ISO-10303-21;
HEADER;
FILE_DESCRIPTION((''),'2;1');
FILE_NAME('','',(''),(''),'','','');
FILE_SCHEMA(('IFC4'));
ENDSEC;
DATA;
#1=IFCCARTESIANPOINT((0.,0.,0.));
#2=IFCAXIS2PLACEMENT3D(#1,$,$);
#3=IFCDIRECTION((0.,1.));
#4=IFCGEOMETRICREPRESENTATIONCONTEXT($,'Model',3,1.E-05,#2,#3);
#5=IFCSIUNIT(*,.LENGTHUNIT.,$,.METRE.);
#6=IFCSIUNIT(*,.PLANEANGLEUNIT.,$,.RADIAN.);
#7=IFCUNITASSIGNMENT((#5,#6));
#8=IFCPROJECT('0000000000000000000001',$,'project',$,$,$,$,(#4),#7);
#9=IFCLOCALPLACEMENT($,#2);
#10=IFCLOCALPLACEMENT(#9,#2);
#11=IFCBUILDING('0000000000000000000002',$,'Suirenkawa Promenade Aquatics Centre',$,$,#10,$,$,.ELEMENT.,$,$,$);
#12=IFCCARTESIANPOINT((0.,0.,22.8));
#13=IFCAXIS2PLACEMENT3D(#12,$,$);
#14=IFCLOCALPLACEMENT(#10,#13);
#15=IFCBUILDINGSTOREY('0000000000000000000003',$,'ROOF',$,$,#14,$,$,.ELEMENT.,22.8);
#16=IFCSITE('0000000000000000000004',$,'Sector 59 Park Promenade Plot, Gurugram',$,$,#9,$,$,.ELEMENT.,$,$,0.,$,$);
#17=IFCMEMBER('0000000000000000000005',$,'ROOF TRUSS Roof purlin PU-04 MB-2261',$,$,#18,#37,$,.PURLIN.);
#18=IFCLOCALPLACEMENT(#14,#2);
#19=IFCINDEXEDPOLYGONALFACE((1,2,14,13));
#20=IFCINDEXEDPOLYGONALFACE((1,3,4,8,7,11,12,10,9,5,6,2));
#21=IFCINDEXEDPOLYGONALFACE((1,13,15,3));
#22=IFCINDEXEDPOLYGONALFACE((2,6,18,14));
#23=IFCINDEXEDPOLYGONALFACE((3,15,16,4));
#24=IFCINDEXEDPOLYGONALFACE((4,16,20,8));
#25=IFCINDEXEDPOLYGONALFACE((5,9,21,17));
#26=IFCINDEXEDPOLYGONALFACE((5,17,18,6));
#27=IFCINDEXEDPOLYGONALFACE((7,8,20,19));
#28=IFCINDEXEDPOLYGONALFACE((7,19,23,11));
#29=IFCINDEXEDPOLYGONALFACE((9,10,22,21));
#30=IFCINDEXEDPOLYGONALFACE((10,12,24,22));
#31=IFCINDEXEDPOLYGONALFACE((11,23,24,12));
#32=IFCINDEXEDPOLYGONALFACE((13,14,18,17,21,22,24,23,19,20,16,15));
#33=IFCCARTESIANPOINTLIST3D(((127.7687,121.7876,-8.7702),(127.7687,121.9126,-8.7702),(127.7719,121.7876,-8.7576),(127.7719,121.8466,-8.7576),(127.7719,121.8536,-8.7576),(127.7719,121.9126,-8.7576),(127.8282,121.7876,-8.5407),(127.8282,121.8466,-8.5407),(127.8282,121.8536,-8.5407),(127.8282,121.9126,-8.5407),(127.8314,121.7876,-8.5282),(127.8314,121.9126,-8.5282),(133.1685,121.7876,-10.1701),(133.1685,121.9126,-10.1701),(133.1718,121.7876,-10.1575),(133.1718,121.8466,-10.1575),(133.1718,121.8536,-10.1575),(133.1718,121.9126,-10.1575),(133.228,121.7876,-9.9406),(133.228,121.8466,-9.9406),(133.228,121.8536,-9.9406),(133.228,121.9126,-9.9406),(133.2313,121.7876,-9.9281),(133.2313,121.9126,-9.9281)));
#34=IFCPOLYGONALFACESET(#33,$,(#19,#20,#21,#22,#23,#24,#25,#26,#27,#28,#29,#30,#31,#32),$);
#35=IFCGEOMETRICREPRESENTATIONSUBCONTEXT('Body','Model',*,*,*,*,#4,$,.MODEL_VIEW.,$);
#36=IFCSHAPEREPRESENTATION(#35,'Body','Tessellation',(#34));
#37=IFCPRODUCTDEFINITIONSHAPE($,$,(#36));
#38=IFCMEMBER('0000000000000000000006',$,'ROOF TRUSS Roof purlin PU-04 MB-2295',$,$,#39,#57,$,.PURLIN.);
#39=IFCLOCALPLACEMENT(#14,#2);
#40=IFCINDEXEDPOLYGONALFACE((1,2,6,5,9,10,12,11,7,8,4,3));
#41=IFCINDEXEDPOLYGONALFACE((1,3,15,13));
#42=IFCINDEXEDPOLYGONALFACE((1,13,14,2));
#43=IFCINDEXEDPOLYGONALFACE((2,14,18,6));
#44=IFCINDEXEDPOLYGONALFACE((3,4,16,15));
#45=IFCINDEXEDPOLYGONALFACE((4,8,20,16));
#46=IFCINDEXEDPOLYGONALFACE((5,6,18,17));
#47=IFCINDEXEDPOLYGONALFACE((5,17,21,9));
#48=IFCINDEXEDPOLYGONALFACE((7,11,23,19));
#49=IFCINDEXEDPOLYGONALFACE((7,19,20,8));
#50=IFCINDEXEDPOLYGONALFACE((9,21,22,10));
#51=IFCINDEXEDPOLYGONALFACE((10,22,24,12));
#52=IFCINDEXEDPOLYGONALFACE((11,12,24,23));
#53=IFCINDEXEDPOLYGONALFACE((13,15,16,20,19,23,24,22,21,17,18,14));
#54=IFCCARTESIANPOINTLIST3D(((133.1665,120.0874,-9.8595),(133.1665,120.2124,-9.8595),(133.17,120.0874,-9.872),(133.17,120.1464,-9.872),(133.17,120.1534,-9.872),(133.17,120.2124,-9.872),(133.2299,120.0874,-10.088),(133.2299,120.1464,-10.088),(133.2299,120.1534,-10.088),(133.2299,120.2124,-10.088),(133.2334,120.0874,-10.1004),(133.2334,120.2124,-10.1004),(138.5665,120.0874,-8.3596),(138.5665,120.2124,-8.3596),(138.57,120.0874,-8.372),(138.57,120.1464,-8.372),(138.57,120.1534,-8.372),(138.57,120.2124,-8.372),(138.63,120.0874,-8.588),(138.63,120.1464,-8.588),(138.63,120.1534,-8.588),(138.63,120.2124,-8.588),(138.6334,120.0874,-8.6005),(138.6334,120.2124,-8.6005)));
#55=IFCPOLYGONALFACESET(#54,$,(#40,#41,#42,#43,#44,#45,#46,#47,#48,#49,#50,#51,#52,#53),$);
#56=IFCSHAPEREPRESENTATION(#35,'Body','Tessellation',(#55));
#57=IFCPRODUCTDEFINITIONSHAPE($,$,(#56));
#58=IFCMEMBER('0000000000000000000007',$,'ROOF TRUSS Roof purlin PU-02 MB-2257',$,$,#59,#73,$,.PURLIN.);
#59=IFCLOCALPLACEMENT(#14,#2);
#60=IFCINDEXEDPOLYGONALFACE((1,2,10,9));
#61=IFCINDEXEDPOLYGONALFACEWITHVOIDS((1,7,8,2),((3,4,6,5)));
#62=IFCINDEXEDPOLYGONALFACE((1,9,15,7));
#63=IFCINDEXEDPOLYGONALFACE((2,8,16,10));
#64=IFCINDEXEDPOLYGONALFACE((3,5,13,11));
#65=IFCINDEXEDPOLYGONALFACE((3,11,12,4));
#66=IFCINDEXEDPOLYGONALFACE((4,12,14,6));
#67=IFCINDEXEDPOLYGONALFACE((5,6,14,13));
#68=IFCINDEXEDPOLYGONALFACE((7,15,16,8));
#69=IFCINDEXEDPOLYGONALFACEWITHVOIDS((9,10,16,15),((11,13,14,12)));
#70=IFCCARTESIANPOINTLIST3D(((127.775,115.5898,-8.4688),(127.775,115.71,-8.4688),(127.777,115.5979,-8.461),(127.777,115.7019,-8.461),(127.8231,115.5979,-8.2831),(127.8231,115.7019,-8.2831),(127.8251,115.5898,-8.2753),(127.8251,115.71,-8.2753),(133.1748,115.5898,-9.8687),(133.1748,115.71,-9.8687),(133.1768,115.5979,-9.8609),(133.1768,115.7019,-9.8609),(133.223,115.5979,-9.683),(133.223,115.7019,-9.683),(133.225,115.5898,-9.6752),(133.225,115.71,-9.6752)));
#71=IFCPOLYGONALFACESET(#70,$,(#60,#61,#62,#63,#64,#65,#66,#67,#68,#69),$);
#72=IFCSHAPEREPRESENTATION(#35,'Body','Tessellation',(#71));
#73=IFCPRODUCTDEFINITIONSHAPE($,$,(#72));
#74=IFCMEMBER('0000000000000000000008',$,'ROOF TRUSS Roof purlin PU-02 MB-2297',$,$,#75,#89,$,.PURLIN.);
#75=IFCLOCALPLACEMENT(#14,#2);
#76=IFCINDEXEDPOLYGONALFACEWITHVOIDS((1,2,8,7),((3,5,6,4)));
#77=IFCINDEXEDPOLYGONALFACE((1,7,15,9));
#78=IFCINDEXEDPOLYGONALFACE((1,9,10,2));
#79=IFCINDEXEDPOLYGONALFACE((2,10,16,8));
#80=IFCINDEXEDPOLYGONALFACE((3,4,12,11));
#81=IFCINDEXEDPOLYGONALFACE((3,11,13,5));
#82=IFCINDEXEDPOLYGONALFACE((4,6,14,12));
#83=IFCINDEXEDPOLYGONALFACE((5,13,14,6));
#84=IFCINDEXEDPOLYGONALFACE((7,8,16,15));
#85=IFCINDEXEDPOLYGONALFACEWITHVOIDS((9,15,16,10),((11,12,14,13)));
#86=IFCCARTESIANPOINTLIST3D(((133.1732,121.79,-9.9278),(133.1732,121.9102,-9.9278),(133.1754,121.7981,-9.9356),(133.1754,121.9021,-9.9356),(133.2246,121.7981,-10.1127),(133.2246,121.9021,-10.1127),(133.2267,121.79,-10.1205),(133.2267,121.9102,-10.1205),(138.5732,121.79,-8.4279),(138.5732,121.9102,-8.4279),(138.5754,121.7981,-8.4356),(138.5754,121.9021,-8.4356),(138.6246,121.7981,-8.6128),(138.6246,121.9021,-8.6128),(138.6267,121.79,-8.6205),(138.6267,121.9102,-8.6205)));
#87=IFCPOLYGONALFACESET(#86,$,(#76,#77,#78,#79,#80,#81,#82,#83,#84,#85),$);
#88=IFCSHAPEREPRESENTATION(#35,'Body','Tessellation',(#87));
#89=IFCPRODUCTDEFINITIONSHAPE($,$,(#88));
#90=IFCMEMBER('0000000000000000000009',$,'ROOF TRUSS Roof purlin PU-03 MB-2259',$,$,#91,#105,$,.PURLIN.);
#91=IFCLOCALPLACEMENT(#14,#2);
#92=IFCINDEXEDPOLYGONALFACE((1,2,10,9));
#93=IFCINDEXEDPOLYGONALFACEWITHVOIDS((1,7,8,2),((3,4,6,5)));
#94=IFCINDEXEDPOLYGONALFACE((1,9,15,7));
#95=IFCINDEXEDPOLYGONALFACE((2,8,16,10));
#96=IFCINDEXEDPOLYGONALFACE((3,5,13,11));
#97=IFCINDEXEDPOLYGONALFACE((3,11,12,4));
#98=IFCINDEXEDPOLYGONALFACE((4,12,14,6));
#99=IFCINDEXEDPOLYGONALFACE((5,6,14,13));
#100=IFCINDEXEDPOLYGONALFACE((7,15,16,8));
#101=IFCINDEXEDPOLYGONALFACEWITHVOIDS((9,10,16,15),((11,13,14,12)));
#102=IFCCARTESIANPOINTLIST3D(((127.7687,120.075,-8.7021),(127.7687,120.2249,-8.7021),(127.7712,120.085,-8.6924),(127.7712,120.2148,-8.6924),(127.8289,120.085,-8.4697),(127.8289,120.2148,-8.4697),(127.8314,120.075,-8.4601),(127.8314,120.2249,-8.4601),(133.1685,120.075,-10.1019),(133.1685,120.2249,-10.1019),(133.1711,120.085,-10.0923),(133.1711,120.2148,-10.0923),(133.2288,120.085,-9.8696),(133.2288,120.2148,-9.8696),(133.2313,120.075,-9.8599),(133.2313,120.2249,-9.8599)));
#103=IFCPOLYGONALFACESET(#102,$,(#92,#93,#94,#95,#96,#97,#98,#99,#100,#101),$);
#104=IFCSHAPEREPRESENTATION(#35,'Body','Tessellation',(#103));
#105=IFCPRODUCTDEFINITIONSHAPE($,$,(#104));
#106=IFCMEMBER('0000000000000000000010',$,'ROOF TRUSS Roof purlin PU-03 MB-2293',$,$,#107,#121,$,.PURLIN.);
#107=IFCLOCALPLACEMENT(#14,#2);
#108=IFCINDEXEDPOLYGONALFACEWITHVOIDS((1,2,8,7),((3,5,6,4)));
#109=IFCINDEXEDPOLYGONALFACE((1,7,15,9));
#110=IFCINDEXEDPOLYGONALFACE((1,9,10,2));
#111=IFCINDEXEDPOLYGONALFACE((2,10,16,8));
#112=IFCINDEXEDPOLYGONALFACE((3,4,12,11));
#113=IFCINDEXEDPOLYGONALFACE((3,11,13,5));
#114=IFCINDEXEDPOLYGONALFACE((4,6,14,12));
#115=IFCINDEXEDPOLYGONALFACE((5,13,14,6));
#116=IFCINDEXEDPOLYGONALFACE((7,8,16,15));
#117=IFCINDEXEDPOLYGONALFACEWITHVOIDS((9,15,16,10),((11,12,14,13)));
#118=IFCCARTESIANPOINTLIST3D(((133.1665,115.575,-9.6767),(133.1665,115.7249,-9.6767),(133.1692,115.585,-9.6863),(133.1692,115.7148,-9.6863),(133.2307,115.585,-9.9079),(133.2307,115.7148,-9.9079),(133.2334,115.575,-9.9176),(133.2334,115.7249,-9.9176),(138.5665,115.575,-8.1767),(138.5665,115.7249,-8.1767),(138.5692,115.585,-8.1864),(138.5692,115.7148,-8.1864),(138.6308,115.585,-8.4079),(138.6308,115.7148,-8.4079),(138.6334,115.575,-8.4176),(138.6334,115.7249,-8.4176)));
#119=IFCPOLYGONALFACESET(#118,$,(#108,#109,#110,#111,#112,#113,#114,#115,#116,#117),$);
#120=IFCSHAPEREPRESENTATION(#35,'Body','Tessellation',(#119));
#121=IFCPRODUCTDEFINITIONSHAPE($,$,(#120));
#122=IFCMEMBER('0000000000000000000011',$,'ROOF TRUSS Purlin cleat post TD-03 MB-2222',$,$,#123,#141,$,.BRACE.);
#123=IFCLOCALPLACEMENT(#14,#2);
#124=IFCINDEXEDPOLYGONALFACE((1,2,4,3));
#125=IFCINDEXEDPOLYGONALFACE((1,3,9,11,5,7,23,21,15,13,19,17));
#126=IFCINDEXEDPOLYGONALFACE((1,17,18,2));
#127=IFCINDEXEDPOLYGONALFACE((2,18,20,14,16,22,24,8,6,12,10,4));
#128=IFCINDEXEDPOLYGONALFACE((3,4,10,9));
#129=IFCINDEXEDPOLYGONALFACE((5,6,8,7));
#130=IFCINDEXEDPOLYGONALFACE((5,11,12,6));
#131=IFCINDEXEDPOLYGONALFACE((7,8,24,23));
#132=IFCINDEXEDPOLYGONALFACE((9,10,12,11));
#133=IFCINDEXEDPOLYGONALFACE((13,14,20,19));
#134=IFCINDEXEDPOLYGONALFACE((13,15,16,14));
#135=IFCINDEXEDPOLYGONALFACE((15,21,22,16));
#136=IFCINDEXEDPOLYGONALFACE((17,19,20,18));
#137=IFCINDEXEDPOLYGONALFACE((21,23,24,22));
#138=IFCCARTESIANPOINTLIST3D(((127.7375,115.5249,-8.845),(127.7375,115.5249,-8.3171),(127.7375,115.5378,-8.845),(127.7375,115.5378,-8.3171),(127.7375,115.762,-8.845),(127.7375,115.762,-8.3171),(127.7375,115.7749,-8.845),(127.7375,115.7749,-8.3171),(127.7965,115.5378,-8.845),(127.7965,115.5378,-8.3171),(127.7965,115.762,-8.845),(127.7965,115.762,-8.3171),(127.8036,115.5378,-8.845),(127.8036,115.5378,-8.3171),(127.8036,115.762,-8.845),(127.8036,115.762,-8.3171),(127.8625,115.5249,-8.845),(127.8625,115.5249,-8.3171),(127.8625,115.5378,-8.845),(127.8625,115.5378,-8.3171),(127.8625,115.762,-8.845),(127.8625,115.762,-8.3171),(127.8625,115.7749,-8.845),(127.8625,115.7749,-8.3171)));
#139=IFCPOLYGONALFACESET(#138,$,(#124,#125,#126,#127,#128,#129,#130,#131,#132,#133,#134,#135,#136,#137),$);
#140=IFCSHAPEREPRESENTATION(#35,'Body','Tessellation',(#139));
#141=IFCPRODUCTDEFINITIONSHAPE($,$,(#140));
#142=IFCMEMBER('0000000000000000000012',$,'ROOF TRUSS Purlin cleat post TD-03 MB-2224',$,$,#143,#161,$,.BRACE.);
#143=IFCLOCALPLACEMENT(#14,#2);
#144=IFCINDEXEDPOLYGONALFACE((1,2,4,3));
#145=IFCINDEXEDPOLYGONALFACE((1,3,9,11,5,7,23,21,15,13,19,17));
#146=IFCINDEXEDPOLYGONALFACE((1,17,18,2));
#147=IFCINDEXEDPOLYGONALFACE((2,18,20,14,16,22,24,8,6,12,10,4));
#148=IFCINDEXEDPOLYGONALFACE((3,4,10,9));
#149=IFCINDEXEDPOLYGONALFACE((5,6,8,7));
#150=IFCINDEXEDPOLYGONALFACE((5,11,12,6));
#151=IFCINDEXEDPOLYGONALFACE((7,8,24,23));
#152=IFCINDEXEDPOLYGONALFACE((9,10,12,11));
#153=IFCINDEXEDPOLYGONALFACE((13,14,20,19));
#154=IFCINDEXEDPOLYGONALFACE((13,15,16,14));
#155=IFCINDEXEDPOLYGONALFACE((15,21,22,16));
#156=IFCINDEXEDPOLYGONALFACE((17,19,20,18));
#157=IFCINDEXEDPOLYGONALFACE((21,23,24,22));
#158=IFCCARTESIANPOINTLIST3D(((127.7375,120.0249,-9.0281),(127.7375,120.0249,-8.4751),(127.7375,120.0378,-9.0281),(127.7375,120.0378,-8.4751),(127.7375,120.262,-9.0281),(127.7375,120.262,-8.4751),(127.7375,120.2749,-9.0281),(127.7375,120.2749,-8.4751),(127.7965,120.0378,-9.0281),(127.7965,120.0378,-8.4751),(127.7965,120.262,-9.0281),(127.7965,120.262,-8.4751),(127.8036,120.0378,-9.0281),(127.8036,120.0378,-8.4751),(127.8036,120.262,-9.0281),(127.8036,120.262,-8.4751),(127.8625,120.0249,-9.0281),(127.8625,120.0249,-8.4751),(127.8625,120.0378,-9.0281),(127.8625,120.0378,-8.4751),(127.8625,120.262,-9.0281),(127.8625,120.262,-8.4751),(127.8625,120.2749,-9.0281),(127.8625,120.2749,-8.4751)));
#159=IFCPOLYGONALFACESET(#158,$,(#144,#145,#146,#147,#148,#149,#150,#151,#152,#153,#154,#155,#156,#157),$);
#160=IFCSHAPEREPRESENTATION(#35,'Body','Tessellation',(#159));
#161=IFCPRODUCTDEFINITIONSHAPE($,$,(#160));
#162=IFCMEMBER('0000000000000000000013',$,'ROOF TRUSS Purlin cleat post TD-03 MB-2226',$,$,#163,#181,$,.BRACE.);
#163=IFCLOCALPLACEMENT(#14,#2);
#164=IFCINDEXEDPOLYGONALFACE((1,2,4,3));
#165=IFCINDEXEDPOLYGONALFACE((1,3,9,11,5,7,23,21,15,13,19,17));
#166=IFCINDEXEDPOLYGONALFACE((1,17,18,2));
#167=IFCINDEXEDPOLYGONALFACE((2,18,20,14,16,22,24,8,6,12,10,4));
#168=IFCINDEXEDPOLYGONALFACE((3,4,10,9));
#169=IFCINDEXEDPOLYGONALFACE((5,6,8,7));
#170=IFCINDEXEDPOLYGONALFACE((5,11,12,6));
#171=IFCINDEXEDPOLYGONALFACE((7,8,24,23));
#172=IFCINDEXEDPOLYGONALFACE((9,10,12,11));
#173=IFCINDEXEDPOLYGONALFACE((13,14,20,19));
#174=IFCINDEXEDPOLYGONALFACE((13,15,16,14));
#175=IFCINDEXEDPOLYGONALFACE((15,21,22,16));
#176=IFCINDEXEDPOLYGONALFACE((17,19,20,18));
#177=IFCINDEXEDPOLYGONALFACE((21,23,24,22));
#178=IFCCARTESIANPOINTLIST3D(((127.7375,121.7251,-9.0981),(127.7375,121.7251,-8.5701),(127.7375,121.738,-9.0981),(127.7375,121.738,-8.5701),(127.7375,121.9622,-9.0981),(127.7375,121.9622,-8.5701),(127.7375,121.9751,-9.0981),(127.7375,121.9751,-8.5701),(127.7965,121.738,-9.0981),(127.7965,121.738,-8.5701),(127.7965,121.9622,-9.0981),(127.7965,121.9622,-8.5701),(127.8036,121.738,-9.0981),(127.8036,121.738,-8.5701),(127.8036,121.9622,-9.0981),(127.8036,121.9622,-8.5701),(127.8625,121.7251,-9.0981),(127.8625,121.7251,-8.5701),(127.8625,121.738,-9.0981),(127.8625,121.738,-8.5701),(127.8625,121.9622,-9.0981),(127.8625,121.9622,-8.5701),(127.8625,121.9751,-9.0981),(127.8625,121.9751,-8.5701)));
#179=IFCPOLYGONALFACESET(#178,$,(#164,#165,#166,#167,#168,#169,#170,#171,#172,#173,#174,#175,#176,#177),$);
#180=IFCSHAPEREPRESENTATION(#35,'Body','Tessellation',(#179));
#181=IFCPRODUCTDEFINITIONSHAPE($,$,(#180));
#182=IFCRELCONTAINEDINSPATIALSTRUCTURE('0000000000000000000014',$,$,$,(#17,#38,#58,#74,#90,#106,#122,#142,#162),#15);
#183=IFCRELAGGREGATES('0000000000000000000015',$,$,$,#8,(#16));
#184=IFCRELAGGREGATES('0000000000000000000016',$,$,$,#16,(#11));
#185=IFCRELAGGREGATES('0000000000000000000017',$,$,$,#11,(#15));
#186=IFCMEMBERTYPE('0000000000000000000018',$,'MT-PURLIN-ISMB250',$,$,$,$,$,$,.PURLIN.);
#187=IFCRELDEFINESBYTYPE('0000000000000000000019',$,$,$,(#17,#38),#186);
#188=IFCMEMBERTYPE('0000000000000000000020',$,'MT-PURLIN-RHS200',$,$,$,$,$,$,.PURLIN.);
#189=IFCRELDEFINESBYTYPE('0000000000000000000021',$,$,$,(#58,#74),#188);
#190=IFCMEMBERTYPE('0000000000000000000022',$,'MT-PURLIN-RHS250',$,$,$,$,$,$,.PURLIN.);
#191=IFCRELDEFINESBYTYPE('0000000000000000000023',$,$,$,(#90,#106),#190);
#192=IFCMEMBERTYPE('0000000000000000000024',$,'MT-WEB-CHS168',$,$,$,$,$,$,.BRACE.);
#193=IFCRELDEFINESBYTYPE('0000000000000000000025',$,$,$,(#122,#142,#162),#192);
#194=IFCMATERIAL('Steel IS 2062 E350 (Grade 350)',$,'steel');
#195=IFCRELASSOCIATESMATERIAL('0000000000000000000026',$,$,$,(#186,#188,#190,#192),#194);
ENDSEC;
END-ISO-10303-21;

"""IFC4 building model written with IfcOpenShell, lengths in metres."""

from ifc_helpers import new_model, si_unit, direction, frame, origin, origin_2d, place, context, subcontext, project, spatial, hollow_rectangle, i_section, extrude, material, material_profile, profile_set, type_object, element, save


model = new_model("IFC4")

# Units and contexts
model_context = context("Model", 3, precision=1e-05, world=origin(), true_north=direction((0.0, 1.0)))
body_context = subcontext(model_context, "Body", "Model", "MODEL_VIEW")
ifc_project = project(units=[si_unit("LENGTHUNIT", "METRE"), si_unit("PLANEANGLEUNIT", "RADIAN")], contexts=[model_context])

# Site, building, storey
site_placement = place(None, origin())
site = spatial("IfcSite", under=ifc_project, at=site_placement, Name="Sector 59 Park Promenade Plot, Gurugram", CompositionType="ELEMENT", RefElevation=0.0)
building_placement = place(site_placement, origin())
building = spatial("IfcBuilding", under=site, at=building_placement, Name="Suirenkawa Promenade Aquatics Centre", CompositionType="ELEMENT")
storey_placement = place(building_placement, frame((0.0, 0.0, 22.8)))
storey = spatial("IfcBuildingStorey", under=building, at=storey_placement, Name="ROOF", CompositionType="ELEMENT", Elevation=22.8)

# Shared definitions
ifc_material = material(Name="Steel IS 2062 E350 (Grade 350)", Category="steel")

# Members
ifc_material_profile_1 = material_profile(ifc_material, i_section(OverallWidth=0.125, OverallDepth=0.25, WebThickness=0.0071, FlangeThickness=0.0129, at=origin_2d()), Name="ISMB 250", Category="steel")
ifc_profile_set_1 = profile_set([ifc_material_profile_1], Name="Steel IS 2062 E350 (Grade 350)")
member_type_1 = type_object("IfcMemberType", Name="MT-PURLIN-ISMB250", PredefinedType="PURLIN", material=ifc_profile_set_1)
member_1_placement = place(storey_placement, frame((127.8, 121.8501, -8.6492), z_axis=(0.968, 0.0, -0.25095), x_axis=(0.0, 1.0, 0.0)))
element("IfcMember", 1, at=member_1_placement, inside=storey, type_object=member_type_1, Name="ROOF TRUSS Roof purlin PU-04 MB-2261", PredefinedType="PURLIN", context=body_context, shape_type="SweptSolid", body=[
    extrude(i_section(OverallWidth=0.125, OverallDepth=0.25, WebThickness=0.0071, FlangeThickness=0.0129, at=origin_2d()), origin(), (0.0, 0.0, 1.0), 5.5784),
])
member_2_placement = place(storey_placement, frame((133.2, 120.1499, -9.98), z_axis=(0.96352, 0.0, 0.267637), x_axis=(0.0, 1.0, 0.0)))
element("IfcMember", 2, at=member_2_placement, inside=storey, type_object=member_type_1, Name="ROOF TRUSS Roof purlin PU-04 MB-2295", PredefinedType="PURLIN", context=body_context, shape_type="SweptSolid", body=[
    extrude(i_section(OverallWidth=0.125, OverallDepth=0.25, WebThickness=0.0071, FlangeThickness=0.0129, at=origin_2d()), origin(), (0.0, 0.0, 1.0), 5.6045),
])
ifc_material_profile_2 = material_profile(ifc_material, hollow_rectangle(XDim=0.1201, YDim=0.2, WallThickness=0.0081, at=origin_2d()), Name="RHS 200x120x8", Category="steel")
ifc_profile_set_2 = profile_set([ifc_material_profile_2], Name="Steel IS 2062 E350 (Grade 350)")
member_type_2 = type_object("IfcMemberType", Name="MT-PURLIN-RHS200", PredefinedType="PURLIN", material=ifc_profile_set_2)
member_3_placement = place(storey_placement, frame((127.8, 115.6499, -8.3721), z_axis=(0.968, 0.0, -0.25095), x_axis=(0.0, 1.0, 0.0)))
element("IfcMember", 3, at=member_3_placement, inside=storey, type_object=member_type_2, Name="ROOF TRUSS Roof purlin PU-02 MB-2257", PredefinedType="PURLIN", context=body_context, shape_type="SweptSolid", body=[
    extrude(hollow_rectangle(XDim=0.1201, YDim=0.2, WallThickness=0.0081, at=origin_2d()), origin(), (0.0, 0.0, 1.0), 5.5784),
])
member_4_placement = place(storey_placement, frame((133.2, 121.8501, -10.0242), z_axis=(0.96352, 0.0, 0.267637), x_axis=(0.0, 1.0, 0.0)))
element("IfcMember", 4, at=member_4_placement, inside=storey, type_object=member_type_2, Name="ROOF TRUSS Roof purlin PU-02 MB-2297", PredefinedType="PURLIN", context=body_context, shape_type="SweptSolid", body=[
    extrude(hollow_rectangle(XDim=0.1201, YDim=0.2, WallThickness=0.0081, at=origin_2d()), origin(), (0.0, 0.0, 1.0), 5.6045),
])
ifc_material_profile_3 = material_profile(ifc_material, hollow_rectangle(XDim=0.1499, YDim=0.25, WallThickness=0.01, at=origin_2d()), Name="RHS 250x150x10", Category="steel")
ifc_profile_set_3 = profile_set([ifc_material_profile_3], Name="Steel IS 2062 E350 (Grade 350)")
member_type_3 = type_object("IfcMemberType", Name="MT-PURLIN-RHS250", PredefinedType="PURLIN", material=ifc_profile_set_3)
member_5_placement = place(storey_placement, frame((127.8, 120.1499, -8.5811), z_axis=(0.968, 0.0, -0.25095), x_axis=(0.0, 1.0, 0.0)))
element("IfcMember", 5, at=member_5_placement, inside=storey, type_object=member_type_3, Name="ROOF TRUSS Roof purlin PU-03 MB-2259", PredefinedType="PURLIN", context=body_context, shape_type="SweptSolid", body=[
    extrude(hollow_rectangle(XDim=0.1499, YDim=0.25, WallThickness=0.01, at=origin_2d()), origin(), (0.0, 0.0, 1.0), 5.5784),
])
member_6_placement = place(storey_placement, frame((133.2, 115.6499, -9.7971), z_axis=(0.96352, 0.0, 0.267637), x_axis=(0.0, 1.0, 0.0)))
element("IfcMember", 6, at=member_6_placement, inside=storey, type_object=member_type_3, Name="ROOF TRUSS Roof purlin PU-03 MB-2293", PredefinedType="PURLIN", context=body_context, shape_type="SweptSolid", body=[
    extrude(hollow_rectangle(XDim=0.1499, YDim=0.25, WallThickness=0.01, at=origin_2d()), origin(), (0.0, 0.0, 1.0), 5.6045),
])
ifc_material_profile_4 = material_profile(ifc_material, i_section(OverallWidth=0.125, OverallDepth=0.25, WebThickness=0.0071, FlangeThickness=0.0129, at=origin_2d()), Name="ISMB 250", Category="steel")
ifc_profile_set_4 = profile_set([ifc_material_profile_4], Name="Steel IS 2062 E350 (Grade 350)")
member_type_4 = type_object("IfcMemberType", Name="MT-WEB-CHS168", PredefinedType="BRACE", material=ifc_profile_set_4)
member_7_placement = place(storey_placement, frame((127.8, 115.6499, -8.845), z_axis=(0.0, 0.0, 1.0), x_axis=(1.0, 0.0, 0.0)))
element("IfcMember", 7, at=member_7_placement, inside=storey, type_object=member_type_4, Name="ROOF TRUSS Purlin cleat post TD-03 MB-2222", PredefinedType="BRACE", context=body_context, shape_type="SweptSolid", body=[
    extrude(i_section(OverallWidth=0.125, OverallDepth=0.25, WebThickness=0.0071, FlangeThickness=0.0129, at=origin_2d()), origin(), (0.0, 0.0, 1.0), 0.5278),
])
member_8_placement = place(storey_placement, frame((127.8, 120.1499, -9.0281), z_axis=(0.0, 0.0, 1.0), x_axis=(1.0, 0.0, 0.0)))
element("IfcMember", 8, at=member_8_placement, inside=storey, type_object=member_type_4, Name="ROOF TRUSS Purlin cleat post TD-03 MB-2224", PredefinedType="BRACE", context=body_context, shape_type="SweptSolid", body=[
    extrude(i_section(OverallWidth=0.125, OverallDepth=0.25, WebThickness=0.0071, FlangeThickness=0.0129, at=origin_2d()), origin(), (0.0, 0.0, 1.0), 0.553),
])
member_9_placement = place(storey_placement, frame((127.8, 121.8501, -9.0981), z_axis=(0.0, 0.0, 1.0), x_axis=(1.0, 0.0, 0.0)))
element("IfcMember", 9, at=member_9_placement, inside=storey, type_object=member_type_4, Name="ROOF TRUSS Purlin cleat post TD-03 MB-2226", PredefinedType="BRACE", context=body_context, shape_type="SweptSolid", body=[
    extrude(i_section(OverallWidth=0.125, OverallDepth=0.25, WebThickness=0.0071, FlangeThickness=0.0129, at=origin_2d()), origin(), (0.0, 0.0, 1.0), 0.5281),
])

save(model, "model.ifc")
